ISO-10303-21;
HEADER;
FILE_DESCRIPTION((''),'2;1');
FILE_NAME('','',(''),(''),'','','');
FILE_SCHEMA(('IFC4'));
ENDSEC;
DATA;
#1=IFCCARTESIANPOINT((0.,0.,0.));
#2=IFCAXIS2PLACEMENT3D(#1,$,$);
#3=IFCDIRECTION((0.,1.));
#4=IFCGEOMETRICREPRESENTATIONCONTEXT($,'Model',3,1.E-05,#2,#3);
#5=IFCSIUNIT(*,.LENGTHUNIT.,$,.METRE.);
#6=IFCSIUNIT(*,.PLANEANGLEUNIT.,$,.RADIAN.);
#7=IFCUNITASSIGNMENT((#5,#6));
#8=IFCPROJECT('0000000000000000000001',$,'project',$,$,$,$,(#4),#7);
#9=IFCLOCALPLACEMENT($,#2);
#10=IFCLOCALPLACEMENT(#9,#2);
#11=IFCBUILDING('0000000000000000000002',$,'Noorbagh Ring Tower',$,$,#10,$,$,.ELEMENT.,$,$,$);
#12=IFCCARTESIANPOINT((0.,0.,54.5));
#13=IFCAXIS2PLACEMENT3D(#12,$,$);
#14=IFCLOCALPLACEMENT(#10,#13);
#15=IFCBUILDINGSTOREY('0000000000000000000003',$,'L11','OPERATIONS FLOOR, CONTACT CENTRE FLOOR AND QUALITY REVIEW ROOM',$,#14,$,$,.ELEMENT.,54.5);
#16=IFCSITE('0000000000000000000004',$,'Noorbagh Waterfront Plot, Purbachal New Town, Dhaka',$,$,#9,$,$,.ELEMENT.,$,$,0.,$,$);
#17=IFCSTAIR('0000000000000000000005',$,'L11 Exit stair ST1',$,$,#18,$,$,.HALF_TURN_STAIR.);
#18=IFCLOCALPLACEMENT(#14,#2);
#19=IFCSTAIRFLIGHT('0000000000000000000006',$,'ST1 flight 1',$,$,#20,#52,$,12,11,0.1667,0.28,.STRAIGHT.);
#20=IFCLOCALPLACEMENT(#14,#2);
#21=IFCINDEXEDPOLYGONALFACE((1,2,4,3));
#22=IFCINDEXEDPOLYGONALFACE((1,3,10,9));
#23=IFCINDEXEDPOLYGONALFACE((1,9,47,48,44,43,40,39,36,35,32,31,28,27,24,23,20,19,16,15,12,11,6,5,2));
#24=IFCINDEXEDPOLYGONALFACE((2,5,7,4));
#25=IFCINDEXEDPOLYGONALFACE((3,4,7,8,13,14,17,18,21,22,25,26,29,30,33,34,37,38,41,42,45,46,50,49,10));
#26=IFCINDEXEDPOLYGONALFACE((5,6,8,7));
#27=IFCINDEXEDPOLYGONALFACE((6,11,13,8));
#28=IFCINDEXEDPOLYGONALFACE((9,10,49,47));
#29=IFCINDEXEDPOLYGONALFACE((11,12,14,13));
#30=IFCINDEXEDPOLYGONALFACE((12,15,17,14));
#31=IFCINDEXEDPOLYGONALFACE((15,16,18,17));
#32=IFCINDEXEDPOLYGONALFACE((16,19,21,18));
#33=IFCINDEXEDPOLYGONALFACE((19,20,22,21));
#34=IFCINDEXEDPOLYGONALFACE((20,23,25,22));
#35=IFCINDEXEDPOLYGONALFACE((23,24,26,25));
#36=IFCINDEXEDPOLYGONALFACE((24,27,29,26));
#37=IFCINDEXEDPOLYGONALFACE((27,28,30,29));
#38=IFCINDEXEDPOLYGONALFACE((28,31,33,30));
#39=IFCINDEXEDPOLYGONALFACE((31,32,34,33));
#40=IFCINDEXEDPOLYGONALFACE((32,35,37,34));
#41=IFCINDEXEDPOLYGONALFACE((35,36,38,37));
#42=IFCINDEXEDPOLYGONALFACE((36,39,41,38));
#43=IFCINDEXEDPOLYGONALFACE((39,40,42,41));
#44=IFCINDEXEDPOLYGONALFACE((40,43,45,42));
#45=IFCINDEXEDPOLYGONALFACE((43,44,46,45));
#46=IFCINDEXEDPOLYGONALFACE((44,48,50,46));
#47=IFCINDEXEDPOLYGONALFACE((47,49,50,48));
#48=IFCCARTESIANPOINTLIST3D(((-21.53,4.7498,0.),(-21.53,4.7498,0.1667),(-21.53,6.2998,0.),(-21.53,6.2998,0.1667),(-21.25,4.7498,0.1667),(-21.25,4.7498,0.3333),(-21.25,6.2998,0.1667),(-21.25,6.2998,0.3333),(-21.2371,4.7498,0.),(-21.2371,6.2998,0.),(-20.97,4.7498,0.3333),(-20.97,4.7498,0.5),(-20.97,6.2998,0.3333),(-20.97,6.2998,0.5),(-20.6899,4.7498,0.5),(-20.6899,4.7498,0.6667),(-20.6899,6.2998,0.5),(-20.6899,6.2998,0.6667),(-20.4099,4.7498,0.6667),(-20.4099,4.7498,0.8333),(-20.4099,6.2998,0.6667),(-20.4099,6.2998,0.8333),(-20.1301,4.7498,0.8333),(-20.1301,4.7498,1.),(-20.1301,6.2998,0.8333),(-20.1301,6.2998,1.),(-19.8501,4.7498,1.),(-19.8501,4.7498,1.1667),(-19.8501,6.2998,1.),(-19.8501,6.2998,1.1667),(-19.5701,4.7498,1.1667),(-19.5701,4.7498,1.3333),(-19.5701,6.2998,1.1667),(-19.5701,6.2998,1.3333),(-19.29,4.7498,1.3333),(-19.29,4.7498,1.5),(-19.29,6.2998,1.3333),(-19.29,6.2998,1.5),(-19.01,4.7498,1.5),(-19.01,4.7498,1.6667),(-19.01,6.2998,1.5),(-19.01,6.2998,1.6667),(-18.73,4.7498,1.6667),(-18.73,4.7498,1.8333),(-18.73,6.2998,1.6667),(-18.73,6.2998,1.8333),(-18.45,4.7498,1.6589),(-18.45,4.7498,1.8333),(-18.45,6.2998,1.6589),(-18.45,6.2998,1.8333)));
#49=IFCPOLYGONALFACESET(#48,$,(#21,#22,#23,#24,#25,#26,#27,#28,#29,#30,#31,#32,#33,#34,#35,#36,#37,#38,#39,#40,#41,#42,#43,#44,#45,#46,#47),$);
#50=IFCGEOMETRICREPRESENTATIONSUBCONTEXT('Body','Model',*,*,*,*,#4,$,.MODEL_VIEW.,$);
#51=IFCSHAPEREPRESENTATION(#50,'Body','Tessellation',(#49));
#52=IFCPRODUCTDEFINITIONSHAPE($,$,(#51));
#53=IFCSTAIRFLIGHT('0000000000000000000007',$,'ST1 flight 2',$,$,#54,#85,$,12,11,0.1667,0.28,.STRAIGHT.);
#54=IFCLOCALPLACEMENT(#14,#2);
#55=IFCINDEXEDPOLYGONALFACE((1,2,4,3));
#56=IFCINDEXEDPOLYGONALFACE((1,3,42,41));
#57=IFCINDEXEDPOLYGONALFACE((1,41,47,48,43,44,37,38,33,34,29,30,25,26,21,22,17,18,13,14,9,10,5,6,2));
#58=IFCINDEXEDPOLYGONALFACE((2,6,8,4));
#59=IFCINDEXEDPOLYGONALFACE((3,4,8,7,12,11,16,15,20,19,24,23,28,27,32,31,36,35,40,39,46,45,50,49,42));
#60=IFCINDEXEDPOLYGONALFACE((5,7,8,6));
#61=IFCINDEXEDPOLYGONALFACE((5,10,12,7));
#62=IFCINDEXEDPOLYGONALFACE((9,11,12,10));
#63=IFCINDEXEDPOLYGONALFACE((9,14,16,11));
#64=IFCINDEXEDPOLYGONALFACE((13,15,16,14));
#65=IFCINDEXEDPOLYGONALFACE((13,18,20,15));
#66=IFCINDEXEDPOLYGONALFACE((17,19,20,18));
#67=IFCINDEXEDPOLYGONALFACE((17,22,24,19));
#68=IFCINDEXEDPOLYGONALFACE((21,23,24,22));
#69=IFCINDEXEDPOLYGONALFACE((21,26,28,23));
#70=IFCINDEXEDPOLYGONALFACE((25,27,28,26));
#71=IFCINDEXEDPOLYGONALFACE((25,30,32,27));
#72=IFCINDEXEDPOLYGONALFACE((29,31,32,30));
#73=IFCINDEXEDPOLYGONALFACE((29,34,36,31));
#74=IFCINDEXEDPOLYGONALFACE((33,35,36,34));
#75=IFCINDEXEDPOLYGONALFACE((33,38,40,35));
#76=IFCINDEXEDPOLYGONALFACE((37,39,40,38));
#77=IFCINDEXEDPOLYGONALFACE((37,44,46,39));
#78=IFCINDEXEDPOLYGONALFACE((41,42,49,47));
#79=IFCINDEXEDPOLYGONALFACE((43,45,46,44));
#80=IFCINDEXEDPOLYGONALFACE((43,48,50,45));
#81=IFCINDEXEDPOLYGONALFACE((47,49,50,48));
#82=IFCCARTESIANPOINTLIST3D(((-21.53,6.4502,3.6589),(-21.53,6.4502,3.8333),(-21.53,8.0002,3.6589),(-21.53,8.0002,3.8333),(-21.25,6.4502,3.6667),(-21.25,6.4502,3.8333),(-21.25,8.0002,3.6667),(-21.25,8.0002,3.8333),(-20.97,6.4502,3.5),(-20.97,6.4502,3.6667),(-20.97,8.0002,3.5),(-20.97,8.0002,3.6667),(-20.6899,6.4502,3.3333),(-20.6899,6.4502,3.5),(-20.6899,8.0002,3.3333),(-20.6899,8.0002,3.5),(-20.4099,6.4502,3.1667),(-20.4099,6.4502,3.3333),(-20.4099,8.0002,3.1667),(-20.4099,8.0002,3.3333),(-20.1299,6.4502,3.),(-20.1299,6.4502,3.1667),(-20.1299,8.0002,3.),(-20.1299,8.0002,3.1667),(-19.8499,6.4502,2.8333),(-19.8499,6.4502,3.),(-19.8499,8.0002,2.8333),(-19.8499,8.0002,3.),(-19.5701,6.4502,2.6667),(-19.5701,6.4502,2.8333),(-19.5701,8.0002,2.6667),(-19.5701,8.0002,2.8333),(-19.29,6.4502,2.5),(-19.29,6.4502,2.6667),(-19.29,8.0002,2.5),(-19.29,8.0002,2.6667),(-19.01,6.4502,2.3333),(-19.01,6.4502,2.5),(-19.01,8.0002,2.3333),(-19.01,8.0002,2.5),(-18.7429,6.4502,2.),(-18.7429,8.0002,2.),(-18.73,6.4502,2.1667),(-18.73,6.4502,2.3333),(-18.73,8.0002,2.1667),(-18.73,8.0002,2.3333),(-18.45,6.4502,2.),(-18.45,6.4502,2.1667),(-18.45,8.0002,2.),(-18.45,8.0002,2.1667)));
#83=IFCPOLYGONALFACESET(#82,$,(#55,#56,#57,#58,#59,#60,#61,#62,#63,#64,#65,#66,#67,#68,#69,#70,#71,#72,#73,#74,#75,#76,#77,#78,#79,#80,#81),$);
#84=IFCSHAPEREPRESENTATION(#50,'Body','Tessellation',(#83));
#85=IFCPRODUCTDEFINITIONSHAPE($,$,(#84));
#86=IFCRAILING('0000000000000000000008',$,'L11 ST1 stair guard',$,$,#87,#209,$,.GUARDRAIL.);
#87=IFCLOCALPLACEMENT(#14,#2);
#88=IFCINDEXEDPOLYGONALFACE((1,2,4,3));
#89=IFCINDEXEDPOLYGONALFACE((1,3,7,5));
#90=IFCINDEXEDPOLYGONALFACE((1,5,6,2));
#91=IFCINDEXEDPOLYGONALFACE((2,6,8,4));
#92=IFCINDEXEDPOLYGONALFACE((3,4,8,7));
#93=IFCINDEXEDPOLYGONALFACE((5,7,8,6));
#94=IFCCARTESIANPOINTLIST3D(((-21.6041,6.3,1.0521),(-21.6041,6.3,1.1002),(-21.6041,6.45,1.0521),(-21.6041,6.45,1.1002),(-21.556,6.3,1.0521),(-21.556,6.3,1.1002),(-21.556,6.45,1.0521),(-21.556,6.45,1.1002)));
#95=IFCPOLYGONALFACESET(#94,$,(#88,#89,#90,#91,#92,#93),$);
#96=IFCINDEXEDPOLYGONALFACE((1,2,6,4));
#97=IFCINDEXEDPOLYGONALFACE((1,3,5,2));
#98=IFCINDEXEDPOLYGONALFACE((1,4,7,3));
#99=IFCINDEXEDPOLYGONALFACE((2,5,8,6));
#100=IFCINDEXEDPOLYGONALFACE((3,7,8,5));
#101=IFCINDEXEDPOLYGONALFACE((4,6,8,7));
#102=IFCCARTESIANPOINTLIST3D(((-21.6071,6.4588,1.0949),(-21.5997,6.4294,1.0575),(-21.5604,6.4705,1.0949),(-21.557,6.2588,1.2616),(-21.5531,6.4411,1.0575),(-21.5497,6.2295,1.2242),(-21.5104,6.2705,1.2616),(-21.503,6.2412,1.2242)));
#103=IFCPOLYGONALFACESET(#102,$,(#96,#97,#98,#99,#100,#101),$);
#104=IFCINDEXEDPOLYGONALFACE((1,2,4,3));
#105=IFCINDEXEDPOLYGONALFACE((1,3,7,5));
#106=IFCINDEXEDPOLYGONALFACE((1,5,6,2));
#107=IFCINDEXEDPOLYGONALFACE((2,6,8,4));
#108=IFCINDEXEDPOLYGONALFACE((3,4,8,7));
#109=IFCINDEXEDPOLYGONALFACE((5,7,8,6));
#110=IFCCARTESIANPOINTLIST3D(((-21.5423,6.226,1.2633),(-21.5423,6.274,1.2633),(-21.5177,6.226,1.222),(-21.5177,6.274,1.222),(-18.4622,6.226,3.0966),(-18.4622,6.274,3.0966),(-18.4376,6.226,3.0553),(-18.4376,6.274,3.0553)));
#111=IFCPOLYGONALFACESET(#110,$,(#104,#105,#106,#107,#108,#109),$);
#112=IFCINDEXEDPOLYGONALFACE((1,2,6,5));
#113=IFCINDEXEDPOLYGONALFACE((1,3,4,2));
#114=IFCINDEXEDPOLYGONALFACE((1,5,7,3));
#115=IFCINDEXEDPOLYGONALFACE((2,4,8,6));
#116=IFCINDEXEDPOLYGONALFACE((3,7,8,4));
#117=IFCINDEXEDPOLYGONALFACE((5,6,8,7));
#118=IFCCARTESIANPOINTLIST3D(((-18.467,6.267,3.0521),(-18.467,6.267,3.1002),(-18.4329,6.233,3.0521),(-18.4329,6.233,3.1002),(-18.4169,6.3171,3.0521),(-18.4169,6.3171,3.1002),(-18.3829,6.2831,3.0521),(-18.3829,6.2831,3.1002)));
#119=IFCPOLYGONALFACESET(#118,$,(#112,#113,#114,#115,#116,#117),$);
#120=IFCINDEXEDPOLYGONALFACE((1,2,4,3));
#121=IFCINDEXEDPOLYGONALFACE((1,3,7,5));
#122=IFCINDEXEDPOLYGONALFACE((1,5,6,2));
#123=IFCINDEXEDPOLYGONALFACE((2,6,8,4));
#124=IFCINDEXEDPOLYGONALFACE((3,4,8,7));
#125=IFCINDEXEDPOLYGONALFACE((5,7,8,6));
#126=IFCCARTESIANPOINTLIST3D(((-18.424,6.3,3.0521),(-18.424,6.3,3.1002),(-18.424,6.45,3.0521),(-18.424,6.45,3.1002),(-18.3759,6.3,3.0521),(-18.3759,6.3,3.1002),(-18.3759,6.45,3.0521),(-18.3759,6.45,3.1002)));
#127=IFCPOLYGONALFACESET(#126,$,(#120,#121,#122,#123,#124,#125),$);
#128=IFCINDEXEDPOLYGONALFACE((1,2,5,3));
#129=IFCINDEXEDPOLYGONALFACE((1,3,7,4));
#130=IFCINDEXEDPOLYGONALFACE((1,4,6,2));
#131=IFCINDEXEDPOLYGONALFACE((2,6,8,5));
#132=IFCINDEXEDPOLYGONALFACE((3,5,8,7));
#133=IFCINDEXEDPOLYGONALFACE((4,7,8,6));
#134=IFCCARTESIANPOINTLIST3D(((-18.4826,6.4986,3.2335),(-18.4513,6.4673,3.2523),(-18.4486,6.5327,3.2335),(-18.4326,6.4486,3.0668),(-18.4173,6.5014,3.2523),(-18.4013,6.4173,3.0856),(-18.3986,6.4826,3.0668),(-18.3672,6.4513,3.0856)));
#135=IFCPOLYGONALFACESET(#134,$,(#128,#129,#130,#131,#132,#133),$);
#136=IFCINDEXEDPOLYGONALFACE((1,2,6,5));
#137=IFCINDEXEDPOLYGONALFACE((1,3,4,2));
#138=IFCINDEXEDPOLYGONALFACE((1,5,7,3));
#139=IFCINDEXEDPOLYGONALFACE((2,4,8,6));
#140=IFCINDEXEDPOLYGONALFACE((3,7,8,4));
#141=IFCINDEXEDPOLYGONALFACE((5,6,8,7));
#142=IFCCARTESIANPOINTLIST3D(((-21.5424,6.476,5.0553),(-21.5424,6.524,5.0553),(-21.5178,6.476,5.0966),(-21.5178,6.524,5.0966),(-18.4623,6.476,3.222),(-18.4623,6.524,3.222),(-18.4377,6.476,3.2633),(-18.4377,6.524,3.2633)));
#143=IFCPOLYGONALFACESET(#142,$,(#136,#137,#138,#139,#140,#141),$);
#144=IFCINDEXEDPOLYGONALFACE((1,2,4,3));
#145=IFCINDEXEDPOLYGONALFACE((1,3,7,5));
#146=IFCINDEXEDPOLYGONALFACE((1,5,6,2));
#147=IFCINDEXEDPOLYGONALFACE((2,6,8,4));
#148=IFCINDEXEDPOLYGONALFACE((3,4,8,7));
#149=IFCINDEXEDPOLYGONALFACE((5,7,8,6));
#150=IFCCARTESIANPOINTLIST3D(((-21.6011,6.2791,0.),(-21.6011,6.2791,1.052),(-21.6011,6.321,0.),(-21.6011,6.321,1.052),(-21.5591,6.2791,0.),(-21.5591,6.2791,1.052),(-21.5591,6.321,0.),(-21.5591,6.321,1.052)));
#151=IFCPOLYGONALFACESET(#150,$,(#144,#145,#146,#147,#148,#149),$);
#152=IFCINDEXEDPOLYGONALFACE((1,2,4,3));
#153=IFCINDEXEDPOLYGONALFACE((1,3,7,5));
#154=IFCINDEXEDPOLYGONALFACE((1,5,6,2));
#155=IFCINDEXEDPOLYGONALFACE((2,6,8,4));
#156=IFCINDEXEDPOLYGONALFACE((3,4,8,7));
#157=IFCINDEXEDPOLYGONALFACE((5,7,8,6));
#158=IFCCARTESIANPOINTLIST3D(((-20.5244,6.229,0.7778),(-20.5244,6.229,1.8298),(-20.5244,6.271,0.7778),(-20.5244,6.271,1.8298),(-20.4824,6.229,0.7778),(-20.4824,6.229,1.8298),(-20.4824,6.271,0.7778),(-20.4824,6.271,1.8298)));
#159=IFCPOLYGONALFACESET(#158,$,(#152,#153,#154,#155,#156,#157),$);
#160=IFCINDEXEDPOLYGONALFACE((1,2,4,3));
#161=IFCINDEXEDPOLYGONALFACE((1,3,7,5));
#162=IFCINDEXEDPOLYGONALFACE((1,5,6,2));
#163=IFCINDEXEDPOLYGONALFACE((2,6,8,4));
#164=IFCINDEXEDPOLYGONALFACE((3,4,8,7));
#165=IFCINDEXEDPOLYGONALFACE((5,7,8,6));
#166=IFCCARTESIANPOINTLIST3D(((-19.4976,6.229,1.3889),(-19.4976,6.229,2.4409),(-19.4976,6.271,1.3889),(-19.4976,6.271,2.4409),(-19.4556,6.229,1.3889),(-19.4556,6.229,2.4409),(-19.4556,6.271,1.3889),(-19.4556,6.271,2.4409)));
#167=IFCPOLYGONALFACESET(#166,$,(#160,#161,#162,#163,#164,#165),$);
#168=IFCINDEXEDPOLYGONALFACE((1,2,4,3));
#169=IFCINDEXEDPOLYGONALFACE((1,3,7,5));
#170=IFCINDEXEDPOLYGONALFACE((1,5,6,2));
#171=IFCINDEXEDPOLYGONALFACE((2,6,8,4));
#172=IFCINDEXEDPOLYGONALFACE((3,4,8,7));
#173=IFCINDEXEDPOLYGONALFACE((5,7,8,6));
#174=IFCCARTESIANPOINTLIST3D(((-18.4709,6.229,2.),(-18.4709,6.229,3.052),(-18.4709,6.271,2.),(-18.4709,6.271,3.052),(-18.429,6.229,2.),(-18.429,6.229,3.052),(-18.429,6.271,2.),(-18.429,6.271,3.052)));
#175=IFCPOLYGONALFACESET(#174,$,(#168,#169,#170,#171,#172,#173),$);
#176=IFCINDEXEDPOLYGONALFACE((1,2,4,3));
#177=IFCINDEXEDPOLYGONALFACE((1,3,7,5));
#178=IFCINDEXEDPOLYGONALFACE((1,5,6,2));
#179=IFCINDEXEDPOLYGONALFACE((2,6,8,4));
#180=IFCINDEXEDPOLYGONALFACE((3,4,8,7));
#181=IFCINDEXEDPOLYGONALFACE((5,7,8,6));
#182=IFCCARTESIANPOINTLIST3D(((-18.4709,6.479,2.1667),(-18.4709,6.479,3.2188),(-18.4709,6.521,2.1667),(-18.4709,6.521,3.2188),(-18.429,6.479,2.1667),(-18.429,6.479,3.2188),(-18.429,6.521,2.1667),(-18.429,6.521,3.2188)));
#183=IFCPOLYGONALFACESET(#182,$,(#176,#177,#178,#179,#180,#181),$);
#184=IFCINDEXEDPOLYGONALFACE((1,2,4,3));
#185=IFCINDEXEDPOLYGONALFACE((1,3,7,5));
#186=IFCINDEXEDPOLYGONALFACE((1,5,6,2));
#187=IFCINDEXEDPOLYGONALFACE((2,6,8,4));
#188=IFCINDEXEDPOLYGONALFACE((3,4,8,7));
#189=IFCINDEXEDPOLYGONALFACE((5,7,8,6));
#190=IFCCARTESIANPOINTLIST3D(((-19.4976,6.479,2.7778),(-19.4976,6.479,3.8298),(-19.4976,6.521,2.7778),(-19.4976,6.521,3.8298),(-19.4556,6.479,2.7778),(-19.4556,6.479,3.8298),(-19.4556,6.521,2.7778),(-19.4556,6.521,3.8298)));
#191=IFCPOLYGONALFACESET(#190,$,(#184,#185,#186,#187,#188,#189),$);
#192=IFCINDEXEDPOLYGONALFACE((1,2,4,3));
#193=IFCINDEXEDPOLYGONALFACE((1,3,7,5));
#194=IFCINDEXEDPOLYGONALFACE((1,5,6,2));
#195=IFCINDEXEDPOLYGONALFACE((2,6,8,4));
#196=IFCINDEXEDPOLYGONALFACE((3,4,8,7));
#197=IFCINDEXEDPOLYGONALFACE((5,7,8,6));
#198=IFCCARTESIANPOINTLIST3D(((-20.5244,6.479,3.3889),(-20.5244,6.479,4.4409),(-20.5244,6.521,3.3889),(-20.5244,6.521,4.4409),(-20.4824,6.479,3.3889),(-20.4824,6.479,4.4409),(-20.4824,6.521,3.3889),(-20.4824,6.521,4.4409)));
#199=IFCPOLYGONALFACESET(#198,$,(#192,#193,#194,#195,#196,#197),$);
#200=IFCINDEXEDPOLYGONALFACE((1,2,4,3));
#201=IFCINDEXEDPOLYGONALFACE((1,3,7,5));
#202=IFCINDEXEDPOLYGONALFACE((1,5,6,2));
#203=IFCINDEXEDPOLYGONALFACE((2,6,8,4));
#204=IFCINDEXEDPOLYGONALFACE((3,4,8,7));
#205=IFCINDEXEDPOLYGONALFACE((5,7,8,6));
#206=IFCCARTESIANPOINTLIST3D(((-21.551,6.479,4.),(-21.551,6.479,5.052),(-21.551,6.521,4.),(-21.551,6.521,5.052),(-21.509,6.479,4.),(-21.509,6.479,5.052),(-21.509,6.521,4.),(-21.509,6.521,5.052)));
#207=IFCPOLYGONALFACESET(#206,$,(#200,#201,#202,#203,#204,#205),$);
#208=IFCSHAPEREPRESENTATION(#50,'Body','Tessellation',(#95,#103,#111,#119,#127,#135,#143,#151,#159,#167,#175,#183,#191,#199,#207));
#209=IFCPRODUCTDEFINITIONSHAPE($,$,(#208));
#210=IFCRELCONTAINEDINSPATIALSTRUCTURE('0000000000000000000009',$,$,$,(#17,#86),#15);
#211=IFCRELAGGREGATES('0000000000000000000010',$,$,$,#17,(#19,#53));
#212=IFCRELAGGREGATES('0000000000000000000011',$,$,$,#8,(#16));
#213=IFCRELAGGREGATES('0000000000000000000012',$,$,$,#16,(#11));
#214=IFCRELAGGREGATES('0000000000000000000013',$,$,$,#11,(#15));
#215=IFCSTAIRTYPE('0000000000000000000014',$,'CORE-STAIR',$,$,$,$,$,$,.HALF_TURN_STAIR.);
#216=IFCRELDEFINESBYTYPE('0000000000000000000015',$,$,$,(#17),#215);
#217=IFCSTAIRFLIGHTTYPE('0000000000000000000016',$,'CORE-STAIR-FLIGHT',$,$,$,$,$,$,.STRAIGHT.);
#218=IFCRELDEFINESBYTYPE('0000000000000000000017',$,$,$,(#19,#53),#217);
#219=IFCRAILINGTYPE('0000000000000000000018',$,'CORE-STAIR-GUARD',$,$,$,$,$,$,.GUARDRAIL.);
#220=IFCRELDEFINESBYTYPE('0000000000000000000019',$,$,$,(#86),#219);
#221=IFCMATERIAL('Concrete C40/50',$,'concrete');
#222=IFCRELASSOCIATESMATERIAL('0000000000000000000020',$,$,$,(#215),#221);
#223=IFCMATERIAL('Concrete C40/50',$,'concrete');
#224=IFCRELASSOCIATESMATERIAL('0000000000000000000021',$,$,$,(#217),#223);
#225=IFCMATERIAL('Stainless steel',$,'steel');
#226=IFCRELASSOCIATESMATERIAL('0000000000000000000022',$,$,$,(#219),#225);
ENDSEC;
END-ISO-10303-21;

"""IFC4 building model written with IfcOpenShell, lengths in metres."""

from ifc_helpers import new_model, si_unit, direction, frame, origin, origin_2d, place, context, subcontext, project, spatial, polyline, rectangle, outline, extrude, material, type_object, element, aggregate, save


model = new_model("IFC4")

# Units and contexts
model_context = context("Model", 3, precision=1e-05, world=origin(), true_north=direction((0.0, 1.0)))
body_context = subcontext(model_context, "Body", "Model", "MODEL_VIEW")
ifc_project = project(units=[si_unit("LENGTHUNIT", "METRE"), si_unit("PLANEANGLEUNIT", "RADIAN")], contexts=[model_context])

# Site, building, storey
site_placement = place(None, origin())
site = spatial("IfcSite", under=ifc_project, at=site_placement, Name="Noorbagh Waterfront Plot, Purbachal New Town, Dhaka", CompositionType="ELEMENT", RefElevation=0.0)
building_placement = place(site_placement, origin())
building = spatial("IfcBuilding", under=site, at=building_placement, Name="Noorbagh Ring Tower", CompositionType="ELEMENT")
storey_placement = place(building_placement, frame((0.0, 0.0, 54.5)))
storey = spatial("IfcBuildingStorey", under=building, at=storey_placement, Name="L11", Description="OPERATIONS FLOOR, CONTACT CENTRE FLOOR AND QUALITY REVIEW ROOM", CompositionType="ELEMENT", Elevation=54.5)

# Stair, stair flights
ifc_material_1 = material(Name="Concrete C40/50", Category="concrete")
stair_type = type_object("IfcStairType", Name="CORE-STAIR", PredefinedType="HALF_TURN_STAIR", material=ifc_material_1)
stair_placement = place(storey_placement, origin())
stair = element("IfcStair", 1, at=stair_placement, inside=storey, type_object=stair_type, Name="L11 Exit stair ST1", PredefinedType="HALF_TURN_STAIR")
ifc_material_2 = material(Name="Concrete C40/50", Category="concrete")
stair_flight_type = type_object("IfcStairFlightType", Name="CORE-STAIR-FLIGHT", PredefinedType="STRAIGHT", material=ifc_material_2)
stair_flight_1_placement = place(storey_placement, frame((-21.53, 5.5249, 0.0), z_axis=(0.0, 0.0, 1.0), x_axis=(1.0, 0.0, 0.0)))
stair_flight_1 = element("IfcStairFlight", 2, at=stair_flight_1_placement, type_object=stair_flight_type, Name="ST1 flight 1", NumberOfRisers=12, NumberOfTreads=11, PredefinedType="STRAIGHT", RiserHeight=0.1667, TreadLength=0.28, context=body_context, shape_type="SweptSolid", body=[
    extrude(outline(polyline([(0.0, 0.0), (0.0, 0.1667), (0.28, 0.1667), (0.28, 0.3333), (0.5601, 0.3333), (0.5601, 0.5), (0.8401, 0.5), (0.8401, 0.6667), (1.1201, 0.6667), (1.1201, 0.8333), (1.3999, 0.8333), (1.3999, 1.0), (1.6799, 1.0), (1.6799, 1.1667), (1.96, 1.1667), (1.96, 1.3333), (2.24, 1.3333), (2.24, 1.5), (2.52, 1.5), (2.52, 1.6667), (2.8, 1.6667), (2.8, 1.8333), (3.0801, 1.8333), (3.0801, 2.0), (3.0801, 1.6589), (0.293, 0.0), (0.0, 0.0)])), frame((0.0, 0.7749, 0.0), z_axis=(0.0, -1.0, 0.0), x_axis=(1.0, 0.0, 0.0)), (0.0, 0.0, 1.0), 1.55),
])
stair_flight_2_placement = place(storey_placement, frame((-18.45, 7.2251, 2.0), z_axis=(0.0, 0.0, 1.0), x_axis=(-1.0, 0.0, 0.0)))
stair_flight_2 = element("IfcStairFlight", 3, at=stair_flight_2_placement, type_object=stair_flight_type, Name="ST1 flight 2", NumberOfRisers=12, NumberOfTreads=11, PredefinedType="STRAIGHT", RiserHeight=0.1667, TreadLength=0.28, context=body_context, shape_type="SweptSolid", body=[
    extrude(outline(polyline([(0.0, 0.0), (0.0, 0.1667), (0.28, 0.1667), (0.28, 0.3333), (0.5601, 0.3333), (0.5601, 0.5), (0.8401, 0.5), (0.8401, 0.6667), (1.1201, 0.6667), (1.1201, 0.8333), (1.3999, 0.8333), (1.3999, 1.0), (1.6799, 1.0), (1.6799, 1.1667), (1.96, 1.1667), (1.96, 1.3333), (2.24, 1.3333), (2.24, 1.5), (2.52, 1.5), (2.52, 1.6667), (2.8, 1.6667), (2.8, 1.8333), (3.0801, 1.8333), (3.0801, 2.0), (3.0801, 1.6589), (0.293, 0.0), (0.0, 0.0)])), frame((0.0, 0.7749, 0.0), z_axis=(0.0, -1.0, 0.0), x_axis=(1.0, 0.0, 0.0)), (0.0, 0.0, 1.0), 1.55),
])
aggregate(stair, [stair_flight_1, stair_flight_2])

# Railing
ifc_material_3 = material(Name="Stainless steel", Category="steel")
railing_type_1 = type_object("IfcRailingType", Name="CORE-STAIR-GUARD", PredefinedType="GUARDRAIL", material=ifc_material_3)
railing_1_placement = place(storey_placement, frame((-21.5801, 6.3, 0.0)))
element("IfcRailing", 4, at=railing_1_placement, inside=storey, type_object=railing_type_1, Name="L11 ST1 stair guard", PredefinedType="GUARDRAIL", context=body_context, shape_type="SweptSolid", body=[
    extrude(rectangle(XDim=0.0481, YDim=0.0481, at=origin_2d()), frame((0.0, 0.0, 1.0762), z_axis=(0.0, 1.0, 0.0), x_axis=(-1.0, 0.0, 0.0)), (0.0, 0.0, 1.0), 0.1499),
    extrude(rectangle(XDim=0.0481, YDim=0.0481, at=origin_2d()), frame((0.0, 0.1499, 1.0762), z_axis=(0.188776, -0.754182, 0.628946), x_axis=(0.970073, 0.242814, 0.0)), (0.0, 0.0, 1.0), 0.2651),
    extrude(rectangle(XDim=0.0481, YDim=0.0481, at=origin_2d()), frame((0.05, -0.05, 1.2427), z_axis=(0.859309, 0.0, 0.511458), x_axis=(0.0, 1.0, 0.0)), (0.0, 0.0, 1.0), 3.5845),
    extrude(rectangle(XDim=0.0481, YDim=0.0481, at=origin_2d()), frame((3.1301, -0.05, 3.0762), z_axis=(0.707107, 0.707107, 0.0), x_axis=(-0.707107, 0.707107, 0.0)), (0.0, 0.0, 1.0), 0.0708),
    extrude(rectangle(XDim=0.0481, YDim=0.0481, at=origin_2d()), frame((3.1802, 0.0, 3.0762), z_axis=(0.0, 1.0, 0.0), x_axis=(-1.0, 0.0, 0.0)), (0.0, 0.0, 1.0), 0.1499),
    extrude(rectangle(XDim=0.0481, YDim=0.0481, at=origin_2d()), frame((3.1802, 0.1499, 3.0762), z_axis=(-0.276287, 0.276287, 0.920506), x_axis=(-0.707107, -0.707107, 0.0)), (0.0, 0.0, 1.0), 0.1812),
    extrude(rectangle(XDim=0.0481, YDim=0.0481, at=origin_2d()), frame((3.1301, 0.2, 3.2427), z_axis=(-0.859309, 0.0, 0.511458), x_axis=(0.0, -1.0, 0.0)), (0.0, 0.0, 1.0), 3.5845),
    extrude(rectangle(XDim=0.042, YDim=0.042, at=origin_2d()), origin(), (0.0, 0.0, 1.0), 1.052),
    extrude(rectangle(XDim=0.042, YDim=0.042, at=origin_2d()), frame((1.0767, -0.05, 0.7778)), (0.0, 0.0, 1.0), 1.052),
    extrude(rectangle(XDim=0.042, YDim=0.042, at=origin_2d()), frame((2.1035, -0.05, 1.3889)), (0.0, 0.0, 1.0), 1.052),
    extrude(rectangle(XDim=0.042, YDim=0.042, at=origin_2d()), frame((3.1301, -0.05, 2.0)), (0.0, 0.0, 1.0), 1.052),
    extrude(rectangle(XDim=0.042, YDim=0.042, at=origin_2d()), frame((3.1301, 0.2, 2.1667)), (0.0, 0.0, 1.0), 1.052),
    extrude(rectangle(XDim=0.042, YDim=0.042, at=origin_2d()), frame((2.1035, 0.2, 2.7778)), (0.0, 0.0, 1.0), 1.052),
    extrude(rectangle(XDim=0.042, YDim=0.042, at=origin_2d()), frame((1.0767, 0.2, 3.3889)), (0.0, 0.0, 1.0), 1.052),
    extrude(rectangle(XDim=0.042, YDim=0.042, at=origin_2d()), frame((0.05, 0.2, 4.0)), (0.0, 0.0, 1.0), 1.052),
])

save(model, "model.ifc")
